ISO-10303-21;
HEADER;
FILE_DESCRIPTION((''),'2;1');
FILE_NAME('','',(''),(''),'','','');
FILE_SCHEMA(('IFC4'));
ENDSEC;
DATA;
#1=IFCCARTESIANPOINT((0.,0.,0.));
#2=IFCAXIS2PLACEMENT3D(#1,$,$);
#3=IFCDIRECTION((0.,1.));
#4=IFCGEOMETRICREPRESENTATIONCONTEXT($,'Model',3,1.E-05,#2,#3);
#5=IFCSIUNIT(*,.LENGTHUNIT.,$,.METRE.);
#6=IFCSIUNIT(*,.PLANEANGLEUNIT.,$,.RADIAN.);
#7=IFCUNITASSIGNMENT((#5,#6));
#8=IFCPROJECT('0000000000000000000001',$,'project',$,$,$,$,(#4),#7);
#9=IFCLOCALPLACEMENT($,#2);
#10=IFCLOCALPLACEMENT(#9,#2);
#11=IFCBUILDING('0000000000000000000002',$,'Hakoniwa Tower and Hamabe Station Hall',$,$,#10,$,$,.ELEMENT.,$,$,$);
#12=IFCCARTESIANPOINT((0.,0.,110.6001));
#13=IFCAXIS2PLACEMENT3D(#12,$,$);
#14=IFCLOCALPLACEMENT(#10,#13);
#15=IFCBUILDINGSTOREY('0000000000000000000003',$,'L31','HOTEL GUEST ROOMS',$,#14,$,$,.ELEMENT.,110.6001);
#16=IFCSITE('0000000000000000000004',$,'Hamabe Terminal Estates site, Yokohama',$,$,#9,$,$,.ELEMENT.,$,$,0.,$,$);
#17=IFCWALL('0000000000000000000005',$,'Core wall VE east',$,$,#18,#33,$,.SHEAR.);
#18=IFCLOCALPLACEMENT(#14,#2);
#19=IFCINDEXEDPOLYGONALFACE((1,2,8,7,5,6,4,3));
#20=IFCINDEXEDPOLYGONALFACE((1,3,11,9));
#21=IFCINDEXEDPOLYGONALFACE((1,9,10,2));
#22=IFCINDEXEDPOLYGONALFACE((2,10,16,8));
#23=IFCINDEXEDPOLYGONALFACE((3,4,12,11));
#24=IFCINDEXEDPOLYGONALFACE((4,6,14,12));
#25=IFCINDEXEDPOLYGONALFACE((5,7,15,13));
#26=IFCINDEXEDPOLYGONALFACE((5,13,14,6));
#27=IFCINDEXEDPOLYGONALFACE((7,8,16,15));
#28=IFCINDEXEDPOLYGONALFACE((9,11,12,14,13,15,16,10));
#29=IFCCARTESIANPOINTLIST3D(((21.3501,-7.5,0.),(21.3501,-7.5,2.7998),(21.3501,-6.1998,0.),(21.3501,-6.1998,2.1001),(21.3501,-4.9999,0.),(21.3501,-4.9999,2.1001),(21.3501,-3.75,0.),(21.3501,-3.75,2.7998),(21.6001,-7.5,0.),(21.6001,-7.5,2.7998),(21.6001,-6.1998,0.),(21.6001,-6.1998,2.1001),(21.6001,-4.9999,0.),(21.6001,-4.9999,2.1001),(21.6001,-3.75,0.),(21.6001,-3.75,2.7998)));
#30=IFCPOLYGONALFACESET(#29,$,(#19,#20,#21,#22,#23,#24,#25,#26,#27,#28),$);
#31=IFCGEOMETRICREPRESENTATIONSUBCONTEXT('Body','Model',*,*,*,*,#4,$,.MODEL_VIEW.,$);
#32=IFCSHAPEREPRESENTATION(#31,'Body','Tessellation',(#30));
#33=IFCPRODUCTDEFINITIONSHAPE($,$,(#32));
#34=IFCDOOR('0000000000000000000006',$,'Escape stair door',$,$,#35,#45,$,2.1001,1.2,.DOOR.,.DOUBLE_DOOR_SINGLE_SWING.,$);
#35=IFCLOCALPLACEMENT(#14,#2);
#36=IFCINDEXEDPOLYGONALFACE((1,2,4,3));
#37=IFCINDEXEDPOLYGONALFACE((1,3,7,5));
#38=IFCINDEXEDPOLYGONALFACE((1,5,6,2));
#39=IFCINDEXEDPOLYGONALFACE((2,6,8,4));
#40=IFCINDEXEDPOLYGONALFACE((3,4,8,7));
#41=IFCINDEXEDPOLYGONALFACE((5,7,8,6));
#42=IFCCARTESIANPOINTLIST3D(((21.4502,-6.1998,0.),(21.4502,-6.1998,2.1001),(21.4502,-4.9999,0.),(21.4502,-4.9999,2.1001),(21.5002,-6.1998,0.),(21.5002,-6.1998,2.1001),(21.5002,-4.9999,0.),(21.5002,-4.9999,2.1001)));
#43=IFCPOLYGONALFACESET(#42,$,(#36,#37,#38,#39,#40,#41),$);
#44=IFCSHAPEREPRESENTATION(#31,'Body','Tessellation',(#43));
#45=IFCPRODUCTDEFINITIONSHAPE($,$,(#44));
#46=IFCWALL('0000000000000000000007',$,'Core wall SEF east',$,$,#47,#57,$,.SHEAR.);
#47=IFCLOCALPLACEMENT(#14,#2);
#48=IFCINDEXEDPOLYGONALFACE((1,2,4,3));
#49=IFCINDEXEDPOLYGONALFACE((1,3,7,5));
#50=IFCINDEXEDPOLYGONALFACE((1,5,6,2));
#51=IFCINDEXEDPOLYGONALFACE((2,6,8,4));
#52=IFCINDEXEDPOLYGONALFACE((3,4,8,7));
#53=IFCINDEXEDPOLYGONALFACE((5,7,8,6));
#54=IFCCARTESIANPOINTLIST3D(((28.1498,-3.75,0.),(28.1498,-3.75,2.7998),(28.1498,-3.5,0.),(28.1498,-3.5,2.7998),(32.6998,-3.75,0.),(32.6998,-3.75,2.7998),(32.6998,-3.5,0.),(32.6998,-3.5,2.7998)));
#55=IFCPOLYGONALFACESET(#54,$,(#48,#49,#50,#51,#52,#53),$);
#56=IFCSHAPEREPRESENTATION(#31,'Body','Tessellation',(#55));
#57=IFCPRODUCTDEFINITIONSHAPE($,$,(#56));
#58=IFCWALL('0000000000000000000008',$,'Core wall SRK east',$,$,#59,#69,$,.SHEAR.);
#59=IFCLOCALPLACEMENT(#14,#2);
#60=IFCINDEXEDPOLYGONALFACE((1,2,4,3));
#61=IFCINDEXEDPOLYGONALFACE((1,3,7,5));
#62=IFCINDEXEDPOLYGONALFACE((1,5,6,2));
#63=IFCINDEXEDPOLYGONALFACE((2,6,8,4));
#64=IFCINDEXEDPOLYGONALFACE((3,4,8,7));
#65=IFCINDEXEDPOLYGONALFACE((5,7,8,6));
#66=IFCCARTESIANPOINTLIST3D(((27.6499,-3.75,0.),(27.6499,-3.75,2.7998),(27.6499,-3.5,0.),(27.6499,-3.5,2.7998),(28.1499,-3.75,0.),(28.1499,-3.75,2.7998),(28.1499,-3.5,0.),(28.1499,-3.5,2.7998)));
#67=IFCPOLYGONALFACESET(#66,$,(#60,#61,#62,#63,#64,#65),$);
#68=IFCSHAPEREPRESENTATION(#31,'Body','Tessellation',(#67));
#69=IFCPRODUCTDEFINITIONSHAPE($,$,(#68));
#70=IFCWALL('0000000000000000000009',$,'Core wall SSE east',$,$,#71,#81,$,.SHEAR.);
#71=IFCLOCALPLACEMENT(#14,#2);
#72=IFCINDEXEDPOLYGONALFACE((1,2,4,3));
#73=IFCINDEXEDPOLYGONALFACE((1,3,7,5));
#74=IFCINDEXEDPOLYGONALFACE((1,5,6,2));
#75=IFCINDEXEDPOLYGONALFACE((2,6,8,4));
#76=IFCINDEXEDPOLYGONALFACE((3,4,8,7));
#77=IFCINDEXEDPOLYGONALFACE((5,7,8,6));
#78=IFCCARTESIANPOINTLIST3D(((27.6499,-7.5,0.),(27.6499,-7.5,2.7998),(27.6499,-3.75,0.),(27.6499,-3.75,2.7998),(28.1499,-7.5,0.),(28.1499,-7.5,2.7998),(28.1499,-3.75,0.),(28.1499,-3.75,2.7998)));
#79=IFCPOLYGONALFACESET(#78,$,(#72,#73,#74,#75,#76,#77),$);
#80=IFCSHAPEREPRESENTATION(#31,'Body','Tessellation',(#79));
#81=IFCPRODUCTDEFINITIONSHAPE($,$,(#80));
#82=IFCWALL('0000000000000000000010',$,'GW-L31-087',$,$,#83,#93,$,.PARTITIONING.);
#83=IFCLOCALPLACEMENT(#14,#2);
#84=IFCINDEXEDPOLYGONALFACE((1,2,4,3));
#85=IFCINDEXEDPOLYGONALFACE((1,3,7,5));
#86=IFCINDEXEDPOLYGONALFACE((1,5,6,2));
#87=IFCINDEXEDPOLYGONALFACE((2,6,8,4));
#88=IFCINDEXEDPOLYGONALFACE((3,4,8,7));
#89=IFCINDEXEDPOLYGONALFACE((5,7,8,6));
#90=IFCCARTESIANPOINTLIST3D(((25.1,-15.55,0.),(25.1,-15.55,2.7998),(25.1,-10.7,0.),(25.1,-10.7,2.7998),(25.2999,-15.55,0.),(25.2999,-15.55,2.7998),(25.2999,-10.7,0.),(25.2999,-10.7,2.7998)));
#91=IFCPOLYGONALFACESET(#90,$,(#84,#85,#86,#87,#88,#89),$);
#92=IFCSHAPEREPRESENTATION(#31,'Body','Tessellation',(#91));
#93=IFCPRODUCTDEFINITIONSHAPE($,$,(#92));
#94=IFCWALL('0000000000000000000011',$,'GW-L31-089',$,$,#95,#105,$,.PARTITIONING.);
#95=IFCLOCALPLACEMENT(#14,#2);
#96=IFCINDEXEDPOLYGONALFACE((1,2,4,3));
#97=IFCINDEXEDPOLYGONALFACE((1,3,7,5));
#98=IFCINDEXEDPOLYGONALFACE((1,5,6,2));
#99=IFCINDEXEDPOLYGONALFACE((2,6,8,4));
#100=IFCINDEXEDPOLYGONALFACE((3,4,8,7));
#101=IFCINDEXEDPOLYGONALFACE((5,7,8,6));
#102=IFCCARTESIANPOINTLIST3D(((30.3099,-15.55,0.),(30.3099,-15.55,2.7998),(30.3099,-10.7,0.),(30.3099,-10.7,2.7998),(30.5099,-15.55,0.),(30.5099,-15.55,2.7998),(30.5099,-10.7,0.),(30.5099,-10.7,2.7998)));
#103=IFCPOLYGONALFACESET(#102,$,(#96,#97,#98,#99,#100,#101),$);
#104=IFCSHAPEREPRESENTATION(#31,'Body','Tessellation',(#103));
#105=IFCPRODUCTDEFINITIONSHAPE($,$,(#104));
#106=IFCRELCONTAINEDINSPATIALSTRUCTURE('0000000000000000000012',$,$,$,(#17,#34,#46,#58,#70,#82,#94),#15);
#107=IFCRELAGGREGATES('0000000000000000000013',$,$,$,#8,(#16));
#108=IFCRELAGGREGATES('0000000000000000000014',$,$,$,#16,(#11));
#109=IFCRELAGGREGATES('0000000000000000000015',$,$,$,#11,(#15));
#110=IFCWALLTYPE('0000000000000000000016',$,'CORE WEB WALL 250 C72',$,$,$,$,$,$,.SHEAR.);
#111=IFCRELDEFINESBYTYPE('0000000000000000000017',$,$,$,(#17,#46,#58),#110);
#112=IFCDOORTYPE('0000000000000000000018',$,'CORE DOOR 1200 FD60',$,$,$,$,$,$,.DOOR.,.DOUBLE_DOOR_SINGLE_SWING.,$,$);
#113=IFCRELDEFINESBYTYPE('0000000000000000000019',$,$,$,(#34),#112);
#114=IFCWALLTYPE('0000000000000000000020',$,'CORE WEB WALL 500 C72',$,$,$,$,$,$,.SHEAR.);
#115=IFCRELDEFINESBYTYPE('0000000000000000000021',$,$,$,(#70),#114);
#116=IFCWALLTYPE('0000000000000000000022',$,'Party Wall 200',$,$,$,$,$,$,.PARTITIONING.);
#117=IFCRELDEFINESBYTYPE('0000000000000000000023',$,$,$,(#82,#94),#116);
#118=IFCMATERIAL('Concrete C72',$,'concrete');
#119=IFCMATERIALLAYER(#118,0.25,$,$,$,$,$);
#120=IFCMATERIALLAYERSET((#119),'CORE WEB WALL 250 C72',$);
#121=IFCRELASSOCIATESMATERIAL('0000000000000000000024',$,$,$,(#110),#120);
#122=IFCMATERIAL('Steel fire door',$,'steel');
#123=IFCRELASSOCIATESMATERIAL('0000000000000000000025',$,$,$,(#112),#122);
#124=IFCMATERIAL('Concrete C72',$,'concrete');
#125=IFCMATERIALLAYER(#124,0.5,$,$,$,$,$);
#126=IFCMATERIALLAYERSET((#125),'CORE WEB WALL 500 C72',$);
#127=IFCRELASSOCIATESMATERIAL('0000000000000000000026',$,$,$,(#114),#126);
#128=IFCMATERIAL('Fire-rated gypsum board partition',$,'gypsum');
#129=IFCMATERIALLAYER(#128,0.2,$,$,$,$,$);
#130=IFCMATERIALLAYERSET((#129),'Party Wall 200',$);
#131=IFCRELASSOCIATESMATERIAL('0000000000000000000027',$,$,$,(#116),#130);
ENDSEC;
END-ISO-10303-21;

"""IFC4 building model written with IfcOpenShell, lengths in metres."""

from ifc_helpers import new_model, si_unit, direction, frame, frame_2d, origin, place, context, subcontext, project, spatial, rectangle, extrude, material, layer, layer_set, type_object, element, fill, save


model = new_model("IFC4")

# Units and contexts
model_context = context("Model", 3, precision=1e-05, world=origin(), true_north=direction((0.0, 1.0)))
body_context = subcontext(model_context, "Body", "Model", "MODEL_VIEW")
ifc_project = project(units=[si_unit("LENGTHUNIT", "METRE"), si_unit("PLANEANGLEUNIT", "RADIAN")], contexts=[model_context])

# Site, building, storey
site_placement = place(None, origin())
site = spatial("IfcSite", under=ifc_project, at=site_placement, Name="Hamabe Terminal Estates site, Yokohama", CompositionType="ELEMENT", RefElevation=0.0)
building_placement = place(site_placement, origin())
building = spatial("IfcBuilding", under=site, at=building_placement, Name="Hakoniwa Tower and Hamabe Station Hall", CompositionType="ELEMENT")
storey_placement = place(building_placement, frame((0.0, 0.0, 110.6001)))
storey = spatial("IfcBuildingStorey", under=building, at=storey_placement, Name="L31", Description="HOTEL GUEST ROOMS", CompositionType="ELEMENT", Elevation=110.6001)

# Shared definitions
ifc_material_1 = material(Name="Concrete C72", Category="concrete")
ifc_layer_1 = layer(ifc_material_1, 0.25)
ifc_layer_set_1 = layer_set([ifc_layer_1], Name="CORE WEB WALL 250 C72")
wall_type_1 = type_object("IfcWallType", Name="CORE WEB WALL 250 C72", PredefinedType="SHEAR", material=ifc_layer_set_1)

# Wall, opening, door
wall_1_placement = place(storey_placement, frame((21.4751, -7.5, 0.0), z_axis=(0.0, 0.0, 1.0), x_axis=(0.0, 1.0, 0.0)))
wall_1 = element("IfcWall", 1, at=wall_1_placement, inside=storey, type_object=wall_type_1, Name="Core wall VE east", PredefinedType="SHEAR", context=body_context, shape_type="SweptSolid", body=[
    extrude(rectangle(XDim=3.75, YDim=0.25, at=frame_2d((1.875, 0.0))), origin(), (0.0, 0.0, 1.0), 2.7998),
])
opening_1_placement = place(wall_1_placement, frame((1.3, 0.0, 0.0)))
opening_1 = element("IfcOpeningElement", 2, at=opening_1_placement, cuts=wall_1, PredefinedType="OPENING", context=body_context, shape_type="SweptSolid", body=[
    extrude(rectangle(XDim=1.2, YDim=2.1001, at=frame_2d((0.6001, 1.05))), frame((0.0, 0.135, 0.0), z_axis=(0.0, -1.0, 0.0), x_axis=(1.0, 0.0, 0.0)), (0.0, 0.0, 1.0), 0.27),
])
ifc_material_2 = material(Name="Steel fire door", Category="steel")
door_type_1 = type_object("IfcDoorType", Name="CORE DOOR 1200 FD60", OperationType="DOUBLE_DOOR_SINGLE_SWING", PredefinedType="DOOR", material=ifc_material_2)
door_1_placement = place(opening_1_placement, origin())
door_1 = element("IfcDoor", 3, at=door_1_placement, inside=storey, type_object=door_type_1, Name="Escape stair door", OperationType="DOUBLE_DOOR_SINGLE_SWING", OverallHeight=2.1001, OverallWidth=1.2, PredefinedType="DOOR", context=body_context, shape_type="SweptSolid", body=[
    extrude(rectangle(XDim=1.2, YDim=2.1001, at=frame_2d((0.6001, 1.05))), frame((0.0, 0.0249, 0.0), z_axis=(0.0, -1.0, 0.0), x_axis=(1.0, 0.0, 0.0)), (0.0, 0.0, 1.0), 0.05),
])
fill(opening_1, door_1)

# Walls
wall_2_placement = place(storey_placement, frame((28.1499, -3.625, 0.0), z_axis=(0.0, 0.0, 1.0), x_axis=(1.0, 0.0, 0.0)))
element("IfcWall", 4, at=wall_2_placement, inside=storey, type_object=wall_type_1, Name="Core wall SEF east", PredefinedType="SHEAR", context=body_context, shape_type="SweptSolid", body=[
    extrude(rectangle(XDim=4.55, YDim=0.25, at=frame_2d((2.2749, 0.0))), origin(), (0.0, 0.0, 1.0), 2.7998),
])
wall_3_placement = place(storey_placement, frame((27.6499, -3.625, 0.0), z_axis=(0.0, 0.0, 1.0), x_axis=(1.0, 0.0, 0.0)))
element("IfcWall", 5, at=wall_3_placement, inside=storey, type_object=wall_type_1, Name="Core wall SRK east", PredefinedType="SHEAR", context=body_context, shape_type="SweptSolid", body=[
    extrude(rectangle(XDim=0.5, YDim=0.25, at=frame_2d((0.25, 0.0))), origin(), (0.0, 0.0, 1.0), 2.7998),
])
ifc_material_3 = material(Name="Concrete C72", Category="concrete")
ifc_layer_2 = layer(ifc_material_3, 0.5)
ifc_layer_set_2 = layer_set([ifc_layer_2], Name="CORE WEB WALL 500 C72")
wall_type_2 = type_object("IfcWallType", Name="CORE WEB WALL 500 C72", PredefinedType="SHEAR", material=ifc_layer_set_2)
wall_4_placement = place(storey_placement, frame((27.8999, -7.5, 0.0), z_axis=(0.0, 0.0, 1.0), x_axis=(0.0, 1.0, 0.0)))
element("IfcWall", 6, at=wall_4_placement, inside=storey, type_object=wall_type_2, Name="Core wall SSE east", PredefinedType="SHEAR", context=body_context, shape_type="SweptSolid", body=[
    extrude(rectangle(XDim=3.75, YDim=0.5, at=frame_2d((1.875, 0.0))), origin(), (0.0, 0.0, 1.0), 2.7998),
])
ifc_material_4 = material(Name="Fire-rated gypsum board partition", Category="gypsum")
ifc_layer_3 = layer(ifc_material_4, 0.2)
ifc_layer_set_3 = layer_set([ifc_layer_3], Name="Party Wall 200")
wall_type_3 = type_object("IfcWallType", Name="Party Wall 200", PredefinedType="PARTITIONING", material=ifc_layer_set_3)
for number, where, z_axis, x_axis, name in (
    (7, (25.2, -15.55, 0.0), (0.0, 0.0, 1.0), (0.0, 1.0, 0.0), "GW-L31-087"),
    (8, (30.4099, -15.55, 0.0), (0.0, 0.0, 1.0), (0.0, 1.0, 0.0), "GW-L31-089"),
):
    element("IfcWall", number, at=place(storey_placement, frame(where, z_axis=z_axis, x_axis=x_axis)), inside=storey, type_object=wall_type_3, Name=name, PredefinedType="PARTITIONING", context=body_context, shape_type="SweptSolid", body=[
        extrude(rectangle(XDim=4.8501, YDim=0.2, at=frame_2d((2.425, 0.0))), origin(), (0.0, 0.0, 1.0), 2.7998),
    ])

save(model, "model.ifc")
